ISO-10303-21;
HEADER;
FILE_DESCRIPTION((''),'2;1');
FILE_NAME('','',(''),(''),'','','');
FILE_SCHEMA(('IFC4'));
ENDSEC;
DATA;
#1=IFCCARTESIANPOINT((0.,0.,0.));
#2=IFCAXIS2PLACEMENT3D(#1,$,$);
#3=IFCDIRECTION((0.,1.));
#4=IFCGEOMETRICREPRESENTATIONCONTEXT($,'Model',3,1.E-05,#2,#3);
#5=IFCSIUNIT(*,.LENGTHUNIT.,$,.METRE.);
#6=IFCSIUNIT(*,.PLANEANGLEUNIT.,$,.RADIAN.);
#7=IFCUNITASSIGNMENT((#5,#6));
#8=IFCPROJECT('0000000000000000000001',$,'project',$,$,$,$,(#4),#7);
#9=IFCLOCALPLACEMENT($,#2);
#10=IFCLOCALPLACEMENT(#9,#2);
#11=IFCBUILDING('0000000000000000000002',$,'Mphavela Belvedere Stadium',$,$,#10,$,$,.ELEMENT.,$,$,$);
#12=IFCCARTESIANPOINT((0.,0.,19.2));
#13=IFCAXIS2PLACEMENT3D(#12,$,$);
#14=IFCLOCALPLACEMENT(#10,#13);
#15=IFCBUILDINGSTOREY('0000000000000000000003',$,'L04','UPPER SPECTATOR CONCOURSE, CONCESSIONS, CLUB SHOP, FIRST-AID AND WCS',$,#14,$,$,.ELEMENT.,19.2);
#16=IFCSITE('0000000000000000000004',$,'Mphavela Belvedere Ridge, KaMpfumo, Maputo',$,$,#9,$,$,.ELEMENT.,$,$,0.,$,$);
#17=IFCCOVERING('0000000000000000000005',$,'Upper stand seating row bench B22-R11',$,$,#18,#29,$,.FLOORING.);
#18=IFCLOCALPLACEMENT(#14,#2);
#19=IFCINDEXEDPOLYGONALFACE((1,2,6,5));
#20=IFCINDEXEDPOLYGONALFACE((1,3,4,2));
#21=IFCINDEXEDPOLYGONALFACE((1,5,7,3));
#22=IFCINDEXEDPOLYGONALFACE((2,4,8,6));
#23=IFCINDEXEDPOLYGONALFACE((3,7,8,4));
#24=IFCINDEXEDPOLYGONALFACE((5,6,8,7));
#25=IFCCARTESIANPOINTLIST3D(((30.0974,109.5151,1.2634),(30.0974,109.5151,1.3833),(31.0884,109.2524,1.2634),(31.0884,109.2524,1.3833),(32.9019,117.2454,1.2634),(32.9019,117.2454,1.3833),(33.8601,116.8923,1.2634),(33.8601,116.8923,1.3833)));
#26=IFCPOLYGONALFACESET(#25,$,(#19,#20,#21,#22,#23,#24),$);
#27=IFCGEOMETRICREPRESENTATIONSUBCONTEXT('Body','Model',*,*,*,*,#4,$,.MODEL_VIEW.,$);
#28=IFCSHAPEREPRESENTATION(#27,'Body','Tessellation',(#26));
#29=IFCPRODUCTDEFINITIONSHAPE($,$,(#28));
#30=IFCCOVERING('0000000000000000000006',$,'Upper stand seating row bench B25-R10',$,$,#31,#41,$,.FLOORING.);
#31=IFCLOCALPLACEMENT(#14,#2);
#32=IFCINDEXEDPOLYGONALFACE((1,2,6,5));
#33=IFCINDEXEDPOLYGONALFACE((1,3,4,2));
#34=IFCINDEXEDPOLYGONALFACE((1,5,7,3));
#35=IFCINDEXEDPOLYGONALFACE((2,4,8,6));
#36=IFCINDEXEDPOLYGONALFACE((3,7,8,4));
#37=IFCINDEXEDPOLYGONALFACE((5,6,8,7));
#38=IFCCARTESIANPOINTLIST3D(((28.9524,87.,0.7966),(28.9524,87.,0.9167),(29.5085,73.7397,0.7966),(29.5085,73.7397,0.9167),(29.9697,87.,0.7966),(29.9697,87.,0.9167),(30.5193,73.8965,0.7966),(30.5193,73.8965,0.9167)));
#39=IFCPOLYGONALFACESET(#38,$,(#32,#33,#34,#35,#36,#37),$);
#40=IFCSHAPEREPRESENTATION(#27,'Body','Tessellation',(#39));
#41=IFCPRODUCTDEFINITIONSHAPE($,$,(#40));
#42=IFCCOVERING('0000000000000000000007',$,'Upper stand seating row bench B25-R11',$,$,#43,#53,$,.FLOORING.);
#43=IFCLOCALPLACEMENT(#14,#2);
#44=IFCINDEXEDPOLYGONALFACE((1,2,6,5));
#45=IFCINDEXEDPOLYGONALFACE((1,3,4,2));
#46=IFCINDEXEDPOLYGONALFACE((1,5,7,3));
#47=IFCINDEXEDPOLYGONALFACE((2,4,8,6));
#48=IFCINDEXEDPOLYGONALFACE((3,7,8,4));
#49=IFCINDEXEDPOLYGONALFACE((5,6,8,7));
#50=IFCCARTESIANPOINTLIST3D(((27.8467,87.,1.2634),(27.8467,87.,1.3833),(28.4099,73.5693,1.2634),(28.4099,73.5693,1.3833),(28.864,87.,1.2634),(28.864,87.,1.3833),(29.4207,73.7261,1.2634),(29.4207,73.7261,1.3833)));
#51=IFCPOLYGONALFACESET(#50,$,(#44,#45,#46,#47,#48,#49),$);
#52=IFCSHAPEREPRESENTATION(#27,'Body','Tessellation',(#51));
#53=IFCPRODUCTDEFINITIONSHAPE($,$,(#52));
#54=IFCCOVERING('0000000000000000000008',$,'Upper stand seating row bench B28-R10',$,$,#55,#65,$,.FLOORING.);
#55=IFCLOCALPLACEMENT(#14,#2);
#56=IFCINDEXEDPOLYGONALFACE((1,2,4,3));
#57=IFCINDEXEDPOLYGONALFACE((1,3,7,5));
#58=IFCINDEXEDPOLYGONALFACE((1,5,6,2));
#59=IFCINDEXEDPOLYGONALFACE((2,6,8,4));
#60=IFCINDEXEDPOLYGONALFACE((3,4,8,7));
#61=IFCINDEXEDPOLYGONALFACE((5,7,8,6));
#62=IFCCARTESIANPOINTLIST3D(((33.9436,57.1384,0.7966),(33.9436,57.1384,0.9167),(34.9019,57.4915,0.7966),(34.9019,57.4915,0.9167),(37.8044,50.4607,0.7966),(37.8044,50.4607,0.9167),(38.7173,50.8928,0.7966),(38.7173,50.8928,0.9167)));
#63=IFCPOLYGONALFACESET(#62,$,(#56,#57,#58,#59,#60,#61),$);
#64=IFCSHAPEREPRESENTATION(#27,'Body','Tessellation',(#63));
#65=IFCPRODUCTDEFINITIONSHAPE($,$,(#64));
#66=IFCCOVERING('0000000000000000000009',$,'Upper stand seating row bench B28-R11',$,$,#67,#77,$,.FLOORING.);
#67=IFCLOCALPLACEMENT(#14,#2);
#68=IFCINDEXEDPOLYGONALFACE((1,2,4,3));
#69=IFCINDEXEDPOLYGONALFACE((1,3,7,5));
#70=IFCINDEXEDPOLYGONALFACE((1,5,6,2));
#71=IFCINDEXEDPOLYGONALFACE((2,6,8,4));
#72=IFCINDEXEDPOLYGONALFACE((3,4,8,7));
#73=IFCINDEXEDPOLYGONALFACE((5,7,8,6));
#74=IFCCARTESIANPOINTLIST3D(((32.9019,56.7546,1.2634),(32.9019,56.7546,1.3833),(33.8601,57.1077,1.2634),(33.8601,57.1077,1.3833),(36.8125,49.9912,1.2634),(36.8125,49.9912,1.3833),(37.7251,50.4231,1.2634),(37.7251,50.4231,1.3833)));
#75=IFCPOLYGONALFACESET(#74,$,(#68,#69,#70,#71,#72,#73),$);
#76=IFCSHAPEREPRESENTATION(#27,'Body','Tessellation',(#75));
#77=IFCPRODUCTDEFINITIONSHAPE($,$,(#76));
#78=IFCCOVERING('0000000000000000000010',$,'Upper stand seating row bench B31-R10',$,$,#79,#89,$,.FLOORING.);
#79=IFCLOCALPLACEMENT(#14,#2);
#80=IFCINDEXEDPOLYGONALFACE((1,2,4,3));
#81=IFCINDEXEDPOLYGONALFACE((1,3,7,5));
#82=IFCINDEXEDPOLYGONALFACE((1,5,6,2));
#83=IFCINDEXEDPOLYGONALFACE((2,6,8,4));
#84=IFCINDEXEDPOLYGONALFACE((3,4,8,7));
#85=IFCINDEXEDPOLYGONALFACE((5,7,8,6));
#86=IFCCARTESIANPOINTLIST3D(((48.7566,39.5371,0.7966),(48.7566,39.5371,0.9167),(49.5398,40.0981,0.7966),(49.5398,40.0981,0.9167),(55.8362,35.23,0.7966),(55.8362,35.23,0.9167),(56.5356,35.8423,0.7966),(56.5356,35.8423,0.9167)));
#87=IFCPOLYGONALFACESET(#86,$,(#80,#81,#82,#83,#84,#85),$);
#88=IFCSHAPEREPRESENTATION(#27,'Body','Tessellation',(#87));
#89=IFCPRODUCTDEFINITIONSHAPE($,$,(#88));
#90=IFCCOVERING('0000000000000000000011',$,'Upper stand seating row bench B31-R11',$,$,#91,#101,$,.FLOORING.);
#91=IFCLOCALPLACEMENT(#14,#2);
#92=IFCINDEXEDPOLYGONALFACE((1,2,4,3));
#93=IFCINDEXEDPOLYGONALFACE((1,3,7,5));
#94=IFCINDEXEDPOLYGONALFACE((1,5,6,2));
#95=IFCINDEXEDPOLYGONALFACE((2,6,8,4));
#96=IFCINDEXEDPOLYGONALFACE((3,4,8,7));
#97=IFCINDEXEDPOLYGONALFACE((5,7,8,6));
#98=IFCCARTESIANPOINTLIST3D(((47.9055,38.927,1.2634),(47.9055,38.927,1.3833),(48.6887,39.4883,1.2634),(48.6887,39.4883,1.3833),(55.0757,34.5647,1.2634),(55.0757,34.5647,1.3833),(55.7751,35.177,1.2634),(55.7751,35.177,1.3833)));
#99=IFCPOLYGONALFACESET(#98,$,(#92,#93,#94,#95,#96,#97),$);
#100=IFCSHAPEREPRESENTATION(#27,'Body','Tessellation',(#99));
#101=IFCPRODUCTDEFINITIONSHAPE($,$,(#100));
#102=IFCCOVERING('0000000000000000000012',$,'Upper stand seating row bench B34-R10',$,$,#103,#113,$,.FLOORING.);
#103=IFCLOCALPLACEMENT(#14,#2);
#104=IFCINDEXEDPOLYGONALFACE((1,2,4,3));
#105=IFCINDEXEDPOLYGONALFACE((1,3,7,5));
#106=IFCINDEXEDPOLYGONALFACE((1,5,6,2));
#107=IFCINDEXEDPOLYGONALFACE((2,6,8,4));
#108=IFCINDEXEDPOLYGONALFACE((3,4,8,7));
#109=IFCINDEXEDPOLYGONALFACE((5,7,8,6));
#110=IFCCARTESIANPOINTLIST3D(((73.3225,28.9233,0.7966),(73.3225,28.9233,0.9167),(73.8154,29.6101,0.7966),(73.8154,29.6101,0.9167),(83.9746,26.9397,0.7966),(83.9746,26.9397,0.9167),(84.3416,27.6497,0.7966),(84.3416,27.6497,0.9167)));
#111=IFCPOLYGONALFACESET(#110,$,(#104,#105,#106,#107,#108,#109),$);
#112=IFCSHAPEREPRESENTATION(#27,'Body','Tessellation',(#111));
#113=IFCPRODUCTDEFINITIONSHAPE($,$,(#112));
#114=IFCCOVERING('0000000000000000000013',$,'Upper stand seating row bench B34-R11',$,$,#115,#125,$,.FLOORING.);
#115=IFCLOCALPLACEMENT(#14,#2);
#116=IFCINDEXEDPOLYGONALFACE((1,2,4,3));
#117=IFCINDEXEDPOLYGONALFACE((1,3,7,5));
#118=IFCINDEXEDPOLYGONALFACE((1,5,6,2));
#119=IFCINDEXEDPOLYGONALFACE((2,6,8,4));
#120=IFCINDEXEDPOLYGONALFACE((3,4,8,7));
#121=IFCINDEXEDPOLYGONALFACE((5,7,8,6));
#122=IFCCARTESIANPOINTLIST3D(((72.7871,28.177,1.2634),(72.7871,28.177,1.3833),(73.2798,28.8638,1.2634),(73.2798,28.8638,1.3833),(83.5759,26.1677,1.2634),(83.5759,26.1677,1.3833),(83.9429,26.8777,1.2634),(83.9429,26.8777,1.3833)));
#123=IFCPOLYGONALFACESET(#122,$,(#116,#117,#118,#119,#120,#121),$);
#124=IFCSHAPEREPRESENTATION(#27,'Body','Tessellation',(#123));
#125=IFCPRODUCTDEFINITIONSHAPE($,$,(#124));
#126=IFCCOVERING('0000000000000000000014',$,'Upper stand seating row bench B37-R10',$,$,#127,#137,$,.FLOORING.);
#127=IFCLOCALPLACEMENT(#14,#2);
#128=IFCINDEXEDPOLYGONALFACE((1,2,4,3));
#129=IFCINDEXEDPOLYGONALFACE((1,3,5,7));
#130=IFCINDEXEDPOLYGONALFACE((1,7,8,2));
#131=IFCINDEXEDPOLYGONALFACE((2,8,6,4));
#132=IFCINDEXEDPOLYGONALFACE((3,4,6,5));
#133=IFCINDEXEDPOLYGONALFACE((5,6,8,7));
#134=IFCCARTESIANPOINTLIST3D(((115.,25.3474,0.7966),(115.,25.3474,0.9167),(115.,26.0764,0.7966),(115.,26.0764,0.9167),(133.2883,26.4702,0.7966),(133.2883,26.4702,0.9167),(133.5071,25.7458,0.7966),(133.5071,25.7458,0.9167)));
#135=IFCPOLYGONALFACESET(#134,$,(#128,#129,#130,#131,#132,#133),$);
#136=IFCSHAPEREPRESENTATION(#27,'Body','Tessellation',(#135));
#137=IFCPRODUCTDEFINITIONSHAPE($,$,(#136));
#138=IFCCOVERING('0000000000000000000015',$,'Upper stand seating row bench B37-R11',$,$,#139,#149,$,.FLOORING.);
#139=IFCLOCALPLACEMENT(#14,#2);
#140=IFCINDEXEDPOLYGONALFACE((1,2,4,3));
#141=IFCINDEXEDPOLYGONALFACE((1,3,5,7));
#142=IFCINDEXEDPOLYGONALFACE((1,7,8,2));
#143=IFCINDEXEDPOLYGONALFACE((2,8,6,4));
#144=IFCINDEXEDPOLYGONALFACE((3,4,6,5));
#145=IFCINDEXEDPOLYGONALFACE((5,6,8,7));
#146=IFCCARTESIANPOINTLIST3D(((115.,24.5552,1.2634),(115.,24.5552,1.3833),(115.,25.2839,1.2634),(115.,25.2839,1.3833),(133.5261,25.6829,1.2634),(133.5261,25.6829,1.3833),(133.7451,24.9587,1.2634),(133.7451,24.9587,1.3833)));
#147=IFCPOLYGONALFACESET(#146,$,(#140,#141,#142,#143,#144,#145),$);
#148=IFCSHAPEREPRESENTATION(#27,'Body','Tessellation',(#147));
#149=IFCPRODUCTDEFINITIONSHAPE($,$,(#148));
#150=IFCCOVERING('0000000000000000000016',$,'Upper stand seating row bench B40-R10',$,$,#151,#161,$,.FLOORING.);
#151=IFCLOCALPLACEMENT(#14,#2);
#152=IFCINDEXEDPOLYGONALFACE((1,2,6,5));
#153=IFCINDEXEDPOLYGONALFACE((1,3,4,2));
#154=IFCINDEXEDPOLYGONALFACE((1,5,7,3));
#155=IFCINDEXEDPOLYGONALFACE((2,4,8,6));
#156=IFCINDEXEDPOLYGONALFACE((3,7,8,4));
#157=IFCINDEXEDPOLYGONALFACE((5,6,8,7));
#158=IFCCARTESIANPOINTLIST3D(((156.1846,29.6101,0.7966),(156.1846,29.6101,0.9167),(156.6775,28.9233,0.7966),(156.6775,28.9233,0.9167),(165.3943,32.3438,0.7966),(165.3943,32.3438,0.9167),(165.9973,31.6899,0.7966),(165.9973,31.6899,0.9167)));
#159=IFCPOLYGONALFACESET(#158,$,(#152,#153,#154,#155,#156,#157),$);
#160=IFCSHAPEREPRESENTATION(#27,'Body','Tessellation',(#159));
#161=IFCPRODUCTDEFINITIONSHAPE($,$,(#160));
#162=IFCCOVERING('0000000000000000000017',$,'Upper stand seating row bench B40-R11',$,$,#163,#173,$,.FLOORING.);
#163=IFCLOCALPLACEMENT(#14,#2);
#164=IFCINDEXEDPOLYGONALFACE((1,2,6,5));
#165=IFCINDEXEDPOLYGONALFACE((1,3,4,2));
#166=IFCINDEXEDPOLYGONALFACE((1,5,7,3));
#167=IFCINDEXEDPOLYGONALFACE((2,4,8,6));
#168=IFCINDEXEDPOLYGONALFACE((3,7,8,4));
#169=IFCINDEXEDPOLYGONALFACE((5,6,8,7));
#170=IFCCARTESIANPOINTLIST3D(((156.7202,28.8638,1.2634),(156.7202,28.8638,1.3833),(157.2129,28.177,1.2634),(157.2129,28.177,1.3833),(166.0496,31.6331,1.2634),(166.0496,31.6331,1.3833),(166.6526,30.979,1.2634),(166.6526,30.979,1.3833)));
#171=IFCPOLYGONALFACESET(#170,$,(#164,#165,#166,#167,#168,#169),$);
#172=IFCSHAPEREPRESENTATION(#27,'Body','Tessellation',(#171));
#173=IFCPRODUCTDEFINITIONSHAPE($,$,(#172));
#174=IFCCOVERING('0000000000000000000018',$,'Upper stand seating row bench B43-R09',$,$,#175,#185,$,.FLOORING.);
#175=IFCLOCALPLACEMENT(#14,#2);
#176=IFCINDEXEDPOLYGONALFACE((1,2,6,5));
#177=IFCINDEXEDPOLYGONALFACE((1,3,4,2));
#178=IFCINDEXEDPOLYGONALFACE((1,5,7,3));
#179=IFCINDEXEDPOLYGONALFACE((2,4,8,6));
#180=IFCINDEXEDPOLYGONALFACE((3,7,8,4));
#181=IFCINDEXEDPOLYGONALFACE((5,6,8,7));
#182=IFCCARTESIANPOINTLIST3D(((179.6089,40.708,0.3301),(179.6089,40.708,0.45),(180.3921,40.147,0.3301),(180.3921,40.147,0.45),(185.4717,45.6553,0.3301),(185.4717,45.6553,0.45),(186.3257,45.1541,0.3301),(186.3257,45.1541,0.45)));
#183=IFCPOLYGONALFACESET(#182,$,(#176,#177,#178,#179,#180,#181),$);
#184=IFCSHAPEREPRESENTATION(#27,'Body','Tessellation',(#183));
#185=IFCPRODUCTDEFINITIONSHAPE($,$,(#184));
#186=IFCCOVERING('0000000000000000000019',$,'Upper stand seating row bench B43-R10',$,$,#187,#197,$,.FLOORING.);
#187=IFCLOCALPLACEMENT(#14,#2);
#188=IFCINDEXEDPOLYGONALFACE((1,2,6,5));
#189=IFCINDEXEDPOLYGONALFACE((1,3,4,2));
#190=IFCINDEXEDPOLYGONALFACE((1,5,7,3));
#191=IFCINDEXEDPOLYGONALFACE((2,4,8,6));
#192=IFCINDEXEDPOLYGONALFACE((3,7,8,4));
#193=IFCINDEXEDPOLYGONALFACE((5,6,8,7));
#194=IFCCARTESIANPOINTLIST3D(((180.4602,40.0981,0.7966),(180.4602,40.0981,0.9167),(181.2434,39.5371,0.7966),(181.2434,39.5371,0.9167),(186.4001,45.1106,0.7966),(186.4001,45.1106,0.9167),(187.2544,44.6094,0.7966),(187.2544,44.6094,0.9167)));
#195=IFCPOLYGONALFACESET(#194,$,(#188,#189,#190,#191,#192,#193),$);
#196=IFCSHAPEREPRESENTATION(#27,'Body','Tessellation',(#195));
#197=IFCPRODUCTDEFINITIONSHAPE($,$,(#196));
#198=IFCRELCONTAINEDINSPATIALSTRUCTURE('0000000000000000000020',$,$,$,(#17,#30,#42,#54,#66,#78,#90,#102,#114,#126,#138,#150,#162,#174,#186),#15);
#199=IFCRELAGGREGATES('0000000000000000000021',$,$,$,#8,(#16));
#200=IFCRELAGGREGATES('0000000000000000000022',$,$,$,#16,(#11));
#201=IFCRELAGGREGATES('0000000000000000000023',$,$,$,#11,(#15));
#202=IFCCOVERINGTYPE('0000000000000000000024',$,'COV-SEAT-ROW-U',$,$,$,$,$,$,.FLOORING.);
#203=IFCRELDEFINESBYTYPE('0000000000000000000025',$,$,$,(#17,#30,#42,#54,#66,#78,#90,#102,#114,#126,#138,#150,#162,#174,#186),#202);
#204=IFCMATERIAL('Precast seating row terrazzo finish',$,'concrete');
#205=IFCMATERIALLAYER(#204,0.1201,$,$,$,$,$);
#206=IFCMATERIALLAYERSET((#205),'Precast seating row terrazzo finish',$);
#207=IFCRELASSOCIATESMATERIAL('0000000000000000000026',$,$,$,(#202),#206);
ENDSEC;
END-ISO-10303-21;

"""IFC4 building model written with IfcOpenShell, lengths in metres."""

from ifc_helpers import new_model, si_unit, direction, frame, origin, place, context, subcontext, project, spatial, polyline, outline, extrude, material, layer, layer_set, type_object, element, save


model = new_model("IFC4")

# Units and contexts
model_context = context("Model", 3, precision=1e-05, world=origin(), true_north=direction((0.0, 1.0)))
body_context = subcontext(model_context, "Body", "Model", "MODEL_VIEW")
ifc_project = project(units=[si_unit("LENGTHUNIT", "METRE"), si_unit("PLANEANGLEUNIT", "RADIAN")], contexts=[model_context])

# Site, building, storey
site_placement = place(None, origin())
site = spatial("IfcSite", under=ifc_project, at=site_placement, Name="Mphavela Belvedere Ridge, KaMpfumo, Maputo", CompositionType="ELEMENT", RefElevation=0.0)
building_placement = place(site_placement, origin())
building = spatial("IfcBuilding", under=site, at=building_placement, Name="Mphavela Belvedere Stadium", CompositionType="ELEMENT")
storey_placement = place(building_placement, frame((0.0, 0.0, 19.2)))
storey = spatial("IfcBuildingStorey", under=building, at=storey_placement, Name="L04", Description="UPPER SPECTATOR CONCOURSE, CONCESSIONS, CLUB SHOP, FIRST-AID AND WCS", CompositionType="ELEMENT", Elevation=19.2)

# Coverings
ifc_material = material(Name="Precast seating row terrazzo finish", Category="concrete")
ifc_layer = layer(ifc_material, 0.1201)
ifc_layer_set = layer_set([ifc_layer], Name="Precast seating row terrazzo finish")
covering_type = type_object("IfcCoveringType", Name="COV-SEAT-ROW-U", PredefinedType="FLOORING", material=ifc_layer_set)
covering_1_placement = place(storey_placement, frame((0.0, 0.0, 1.2634)))
element("IfcCovering", 1, at=covering_1_placement, inside=storey, type_object=covering_type, Name="Upper stand seating row bench B22-R11", PredefinedType="FLOORING", context=body_context, shape_type="SweptSolid", body=[
    extrude(outline(polyline([(33.8601, 116.8923), (31.0884, 109.2524), (30.0974, 109.5151), (32.9019, 117.2454), (33.8601, 116.8923)])), origin(), (0.0, 0.0, 1.0), 0.1199),
])
covering_2_placement = place(storey_placement, frame((0.0, 0.0, 0.7966)))
element("IfcCovering", 2, at=covering_2_placement, inside=storey, type_object=covering_type, Name="Upper stand seating row bench B25-R10", PredefinedType="FLOORING", context=body_context, shape_type="SweptSolid", body=[
    extrude(outline(polyline([(29.9697, 87.0), (30.5193, 73.8965), (29.5085, 73.7397), (28.9524, 87.0), (29.9697, 87.0)])), origin(), (0.0, 0.0, 1.0), 0.1201),
])
covering_3_placement = place(storey_placement, frame((0.0, 0.0, 1.2634)))
element("IfcCovering", 3, at=covering_3_placement, inside=storey, type_object=covering_type, Name="Upper stand seating row bench B25-R11", PredefinedType="FLOORING", context=body_context, shape_type="SweptSolid", body=[
    extrude(outline(polyline([(28.864, 87.0), (29.4207, 73.7261), (28.4099, 73.5693), (27.8467, 87.0), (28.864, 87.0)])), origin(), (0.0, 0.0, 1.0), 0.1199),
])
covering_4_placement = place(storey_placement, frame((0.0, 0.0, 0.7966)))
element("IfcCovering", 4, at=covering_4_placement, inside=storey, type_object=covering_type, Name="Upper stand seating row bench B28-R10", PredefinedType="FLOORING", context=body_context, shape_type="SweptSolid", body=[
    extrude(outline(polyline([(34.9019, 57.4915), (38.7173, 50.8928), (37.8044, 50.4607), (33.9436, 57.1384), (34.9019, 57.4915)])), origin(), (0.0, 0.0, 1.0), 0.1201),
])
covering_5_placement = place(storey_placement, frame((0.0, 0.0, 1.2634)))
element("IfcCovering", 5, at=covering_5_placement, inside=storey, type_object=covering_type, Name="Upper stand seating row bench B28-R11", PredefinedType="FLOORING", context=body_context, shape_type="SweptSolid", body=[
    extrude(outline(polyline([(33.8601, 57.1077), (37.7251, 50.4231), (36.8125, 49.9912), (32.9019, 56.7546), (33.8601, 57.1077)])), origin(), (0.0, 0.0, 1.0), 0.1199),
])
covering_6_placement = place(storey_placement, frame((0.0, 0.0, 0.7966)))
element("IfcCovering", 6, at=covering_6_placement, inside=storey, type_object=covering_type, Name="Upper stand seating row bench B31-R10", PredefinedType="FLOORING", context=body_context, shape_type="SweptSolid", body=[
    extrude(outline(polyline([(49.5398, 40.0981), (56.5356, 35.8423), (55.8362, 35.23), (48.7566, 39.5371), (49.5398, 40.0981)])), origin(), (0.0, 0.0, 1.0), 0.1201),
])
covering_7_placement = place(storey_placement, frame((0.0, 0.0, 1.2634)))
element("IfcCovering", 7, at=covering_7_placement, inside=storey, type_object=covering_type, Name="Upper stand seating row bench B31-R11", PredefinedType="FLOORING", context=body_context, shape_type="SweptSolid", body=[
    extrude(outline(polyline([(48.6887, 39.4883), (55.7751, 35.177), (55.0757, 34.5647), (47.9055, 38.927), (48.6887, 39.4883)])), origin(), (0.0, 0.0, 1.0), 0.1199),
])
covering_8_placement = place(storey_placement, frame((0.0, 0.0, 0.7966)))
element("IfcCovering", 8, at=covering_8_placement, inside=storey, type_object=covering_type, Name="Upper stand seating row bench B34-R10", PredefinedType="FLOORING", context=body_context, shape_type="SweptSolid", body=[
    extrude(outline(polyline([(73.8154, 29.6101), (84.3416, 27.6497), (83.9746, 26.9397), (73.3225, 28.9233), (73.8154, 29.6101)])), origin(), (0.0, 0.0, 1.0), 0.1201),
])
covering_9_placement = place(storey_placement, frame((0.0, 0.0, 1.2634)))
element("IfcCovering", 9, at=covering_9_placement, inside=storey, type_object=covering_type, Name="Upper stand seating row bench B34-R11", PredefinedType="FLOORING", context=body_context, shape_type="SweptSolid", body=[
    extrude(outline(polyline([(73.2798, 28.8638), (83.9429, 26.8777), (83.5759, 26.1677), (72.7871, 28.177), (73.2798, 28.8638)])), origin(), (0.0, 0.0, 1.0), 0.1199),
])
covering_10_placement = place(storey_placement, frame((0.0, 0.0, 0.7966)))
element("IfcCovering", 10, at=covering_10_placement, inside=storey, type_object=covering_type, Name="Upper stand seating row bench B37-R10", PredefinedType="FLOORING", context=body_context, shape_type="SweptSolid", body=[
    extrude(outline(polyline([(115.0, 26.0764), (133.2883, 26.4702), (133.5071, 25.7458), (115.0, 25.3474), (115.0, 26.0764)])), origin(), (0.0, 0.0, 1.0), 0.1201),
])
covering_11_placement = place(storey_placement, frame((0.0, 0.0, 1.2634)))
element("IfcCovering", 11, at=covering_11_placement, inside=storey, type_object=covering_type, Name="Upper stand seating row bench B37-R11", PredefinedType="FLOORING", context=body_context, shape_type="SweptSolid", body=[
    extrude(outline(polyline([(115.0, 25.2839), (133.5261, 25.6829), (133.7451, 24.9587), (115.0, 24.5552), (115.0, 25.2839)])), origin(), (0.0, 0.0, 1.0), 0.1199),
])
covering_12_placement = place(storey_placement, frame((0.0, 0.0, 0.7966)))
element("IfcCovering", 12, at=covering_12_placement, inside=storey, type_object=covering_type, Name="Upper stand seating row bench B40-R10", PredefinedType="FLOORING", context=body_context, shape_type="SweptSolid", body=[
    extrude(outline(polyline([(156.1846, 29.6101), (165.3943, 32.3438), (165.9973, 31.6899), (156.6775, 28.9233), (156.1846, 29.6101)])), origin(), (0.0, 0.0, 1.0), 0.1201),
])
covering_13_placement = place(storey_placement, frame((0.0, 0.0, 1.2634)))
element("IfcCovering", 13, at=covering_13_placement, inside=storey, type_object=covering_type, Name="Upper stand seating row bench B40-R11", PredefinedType="FLOORING", context=body_context, shape_type="SweptSolid", body=[
    extrude(outline(polyline([(156.7202, 28.8638), (166.0496, 31.6331), (166.6526, 30.979), (157.2129, 28.177), (156.7202, 28.8638)])), origin(), (0.0, 0.0, 1.0), 0.1199),
])
covering_14_placement = place(storey_placement, frame((0.0, 0.0, 0.3301)))
element("IfcCovering", 14, at=covering_14_placement, inside=storey, type_object=covering_type, Name="Upper stand seating row bench B43-R09", PredefinedType="FLOORING", context=body_context, shape_type="SweptSolid", body=[
    extrude(outline(polyline([(179.6089, 40.708), (185.4717, 45.6553), (186.3257, 45.1541), (180.3921, 40.147), (179.6089, 40.708)])), origin(), (0.0, 0.0, 1.0), 0.1199),
])
covering_15_placement = place(storey_placement, frame((0.0, 0.0, 0.7966)))
element("IfcCovering", 15, at=covering_15_placement, inside=storey, type_object=covering_type, Name="Upper stand seating row bench B43-R10", PredefinedType="FLOORING", context=body_context, shape_type="SweptSolid", body=[
    extrude(outline(polyline([(180.4602, 40.0981), (186.4001, 45.1106), (187.2544, 44.6094), (181.2434, 39.5371), (180.4602, 40.0981)])), origin(), (0.0, 0.0, 1.0), 0.1201),
])

save(model, "model.ifc")
